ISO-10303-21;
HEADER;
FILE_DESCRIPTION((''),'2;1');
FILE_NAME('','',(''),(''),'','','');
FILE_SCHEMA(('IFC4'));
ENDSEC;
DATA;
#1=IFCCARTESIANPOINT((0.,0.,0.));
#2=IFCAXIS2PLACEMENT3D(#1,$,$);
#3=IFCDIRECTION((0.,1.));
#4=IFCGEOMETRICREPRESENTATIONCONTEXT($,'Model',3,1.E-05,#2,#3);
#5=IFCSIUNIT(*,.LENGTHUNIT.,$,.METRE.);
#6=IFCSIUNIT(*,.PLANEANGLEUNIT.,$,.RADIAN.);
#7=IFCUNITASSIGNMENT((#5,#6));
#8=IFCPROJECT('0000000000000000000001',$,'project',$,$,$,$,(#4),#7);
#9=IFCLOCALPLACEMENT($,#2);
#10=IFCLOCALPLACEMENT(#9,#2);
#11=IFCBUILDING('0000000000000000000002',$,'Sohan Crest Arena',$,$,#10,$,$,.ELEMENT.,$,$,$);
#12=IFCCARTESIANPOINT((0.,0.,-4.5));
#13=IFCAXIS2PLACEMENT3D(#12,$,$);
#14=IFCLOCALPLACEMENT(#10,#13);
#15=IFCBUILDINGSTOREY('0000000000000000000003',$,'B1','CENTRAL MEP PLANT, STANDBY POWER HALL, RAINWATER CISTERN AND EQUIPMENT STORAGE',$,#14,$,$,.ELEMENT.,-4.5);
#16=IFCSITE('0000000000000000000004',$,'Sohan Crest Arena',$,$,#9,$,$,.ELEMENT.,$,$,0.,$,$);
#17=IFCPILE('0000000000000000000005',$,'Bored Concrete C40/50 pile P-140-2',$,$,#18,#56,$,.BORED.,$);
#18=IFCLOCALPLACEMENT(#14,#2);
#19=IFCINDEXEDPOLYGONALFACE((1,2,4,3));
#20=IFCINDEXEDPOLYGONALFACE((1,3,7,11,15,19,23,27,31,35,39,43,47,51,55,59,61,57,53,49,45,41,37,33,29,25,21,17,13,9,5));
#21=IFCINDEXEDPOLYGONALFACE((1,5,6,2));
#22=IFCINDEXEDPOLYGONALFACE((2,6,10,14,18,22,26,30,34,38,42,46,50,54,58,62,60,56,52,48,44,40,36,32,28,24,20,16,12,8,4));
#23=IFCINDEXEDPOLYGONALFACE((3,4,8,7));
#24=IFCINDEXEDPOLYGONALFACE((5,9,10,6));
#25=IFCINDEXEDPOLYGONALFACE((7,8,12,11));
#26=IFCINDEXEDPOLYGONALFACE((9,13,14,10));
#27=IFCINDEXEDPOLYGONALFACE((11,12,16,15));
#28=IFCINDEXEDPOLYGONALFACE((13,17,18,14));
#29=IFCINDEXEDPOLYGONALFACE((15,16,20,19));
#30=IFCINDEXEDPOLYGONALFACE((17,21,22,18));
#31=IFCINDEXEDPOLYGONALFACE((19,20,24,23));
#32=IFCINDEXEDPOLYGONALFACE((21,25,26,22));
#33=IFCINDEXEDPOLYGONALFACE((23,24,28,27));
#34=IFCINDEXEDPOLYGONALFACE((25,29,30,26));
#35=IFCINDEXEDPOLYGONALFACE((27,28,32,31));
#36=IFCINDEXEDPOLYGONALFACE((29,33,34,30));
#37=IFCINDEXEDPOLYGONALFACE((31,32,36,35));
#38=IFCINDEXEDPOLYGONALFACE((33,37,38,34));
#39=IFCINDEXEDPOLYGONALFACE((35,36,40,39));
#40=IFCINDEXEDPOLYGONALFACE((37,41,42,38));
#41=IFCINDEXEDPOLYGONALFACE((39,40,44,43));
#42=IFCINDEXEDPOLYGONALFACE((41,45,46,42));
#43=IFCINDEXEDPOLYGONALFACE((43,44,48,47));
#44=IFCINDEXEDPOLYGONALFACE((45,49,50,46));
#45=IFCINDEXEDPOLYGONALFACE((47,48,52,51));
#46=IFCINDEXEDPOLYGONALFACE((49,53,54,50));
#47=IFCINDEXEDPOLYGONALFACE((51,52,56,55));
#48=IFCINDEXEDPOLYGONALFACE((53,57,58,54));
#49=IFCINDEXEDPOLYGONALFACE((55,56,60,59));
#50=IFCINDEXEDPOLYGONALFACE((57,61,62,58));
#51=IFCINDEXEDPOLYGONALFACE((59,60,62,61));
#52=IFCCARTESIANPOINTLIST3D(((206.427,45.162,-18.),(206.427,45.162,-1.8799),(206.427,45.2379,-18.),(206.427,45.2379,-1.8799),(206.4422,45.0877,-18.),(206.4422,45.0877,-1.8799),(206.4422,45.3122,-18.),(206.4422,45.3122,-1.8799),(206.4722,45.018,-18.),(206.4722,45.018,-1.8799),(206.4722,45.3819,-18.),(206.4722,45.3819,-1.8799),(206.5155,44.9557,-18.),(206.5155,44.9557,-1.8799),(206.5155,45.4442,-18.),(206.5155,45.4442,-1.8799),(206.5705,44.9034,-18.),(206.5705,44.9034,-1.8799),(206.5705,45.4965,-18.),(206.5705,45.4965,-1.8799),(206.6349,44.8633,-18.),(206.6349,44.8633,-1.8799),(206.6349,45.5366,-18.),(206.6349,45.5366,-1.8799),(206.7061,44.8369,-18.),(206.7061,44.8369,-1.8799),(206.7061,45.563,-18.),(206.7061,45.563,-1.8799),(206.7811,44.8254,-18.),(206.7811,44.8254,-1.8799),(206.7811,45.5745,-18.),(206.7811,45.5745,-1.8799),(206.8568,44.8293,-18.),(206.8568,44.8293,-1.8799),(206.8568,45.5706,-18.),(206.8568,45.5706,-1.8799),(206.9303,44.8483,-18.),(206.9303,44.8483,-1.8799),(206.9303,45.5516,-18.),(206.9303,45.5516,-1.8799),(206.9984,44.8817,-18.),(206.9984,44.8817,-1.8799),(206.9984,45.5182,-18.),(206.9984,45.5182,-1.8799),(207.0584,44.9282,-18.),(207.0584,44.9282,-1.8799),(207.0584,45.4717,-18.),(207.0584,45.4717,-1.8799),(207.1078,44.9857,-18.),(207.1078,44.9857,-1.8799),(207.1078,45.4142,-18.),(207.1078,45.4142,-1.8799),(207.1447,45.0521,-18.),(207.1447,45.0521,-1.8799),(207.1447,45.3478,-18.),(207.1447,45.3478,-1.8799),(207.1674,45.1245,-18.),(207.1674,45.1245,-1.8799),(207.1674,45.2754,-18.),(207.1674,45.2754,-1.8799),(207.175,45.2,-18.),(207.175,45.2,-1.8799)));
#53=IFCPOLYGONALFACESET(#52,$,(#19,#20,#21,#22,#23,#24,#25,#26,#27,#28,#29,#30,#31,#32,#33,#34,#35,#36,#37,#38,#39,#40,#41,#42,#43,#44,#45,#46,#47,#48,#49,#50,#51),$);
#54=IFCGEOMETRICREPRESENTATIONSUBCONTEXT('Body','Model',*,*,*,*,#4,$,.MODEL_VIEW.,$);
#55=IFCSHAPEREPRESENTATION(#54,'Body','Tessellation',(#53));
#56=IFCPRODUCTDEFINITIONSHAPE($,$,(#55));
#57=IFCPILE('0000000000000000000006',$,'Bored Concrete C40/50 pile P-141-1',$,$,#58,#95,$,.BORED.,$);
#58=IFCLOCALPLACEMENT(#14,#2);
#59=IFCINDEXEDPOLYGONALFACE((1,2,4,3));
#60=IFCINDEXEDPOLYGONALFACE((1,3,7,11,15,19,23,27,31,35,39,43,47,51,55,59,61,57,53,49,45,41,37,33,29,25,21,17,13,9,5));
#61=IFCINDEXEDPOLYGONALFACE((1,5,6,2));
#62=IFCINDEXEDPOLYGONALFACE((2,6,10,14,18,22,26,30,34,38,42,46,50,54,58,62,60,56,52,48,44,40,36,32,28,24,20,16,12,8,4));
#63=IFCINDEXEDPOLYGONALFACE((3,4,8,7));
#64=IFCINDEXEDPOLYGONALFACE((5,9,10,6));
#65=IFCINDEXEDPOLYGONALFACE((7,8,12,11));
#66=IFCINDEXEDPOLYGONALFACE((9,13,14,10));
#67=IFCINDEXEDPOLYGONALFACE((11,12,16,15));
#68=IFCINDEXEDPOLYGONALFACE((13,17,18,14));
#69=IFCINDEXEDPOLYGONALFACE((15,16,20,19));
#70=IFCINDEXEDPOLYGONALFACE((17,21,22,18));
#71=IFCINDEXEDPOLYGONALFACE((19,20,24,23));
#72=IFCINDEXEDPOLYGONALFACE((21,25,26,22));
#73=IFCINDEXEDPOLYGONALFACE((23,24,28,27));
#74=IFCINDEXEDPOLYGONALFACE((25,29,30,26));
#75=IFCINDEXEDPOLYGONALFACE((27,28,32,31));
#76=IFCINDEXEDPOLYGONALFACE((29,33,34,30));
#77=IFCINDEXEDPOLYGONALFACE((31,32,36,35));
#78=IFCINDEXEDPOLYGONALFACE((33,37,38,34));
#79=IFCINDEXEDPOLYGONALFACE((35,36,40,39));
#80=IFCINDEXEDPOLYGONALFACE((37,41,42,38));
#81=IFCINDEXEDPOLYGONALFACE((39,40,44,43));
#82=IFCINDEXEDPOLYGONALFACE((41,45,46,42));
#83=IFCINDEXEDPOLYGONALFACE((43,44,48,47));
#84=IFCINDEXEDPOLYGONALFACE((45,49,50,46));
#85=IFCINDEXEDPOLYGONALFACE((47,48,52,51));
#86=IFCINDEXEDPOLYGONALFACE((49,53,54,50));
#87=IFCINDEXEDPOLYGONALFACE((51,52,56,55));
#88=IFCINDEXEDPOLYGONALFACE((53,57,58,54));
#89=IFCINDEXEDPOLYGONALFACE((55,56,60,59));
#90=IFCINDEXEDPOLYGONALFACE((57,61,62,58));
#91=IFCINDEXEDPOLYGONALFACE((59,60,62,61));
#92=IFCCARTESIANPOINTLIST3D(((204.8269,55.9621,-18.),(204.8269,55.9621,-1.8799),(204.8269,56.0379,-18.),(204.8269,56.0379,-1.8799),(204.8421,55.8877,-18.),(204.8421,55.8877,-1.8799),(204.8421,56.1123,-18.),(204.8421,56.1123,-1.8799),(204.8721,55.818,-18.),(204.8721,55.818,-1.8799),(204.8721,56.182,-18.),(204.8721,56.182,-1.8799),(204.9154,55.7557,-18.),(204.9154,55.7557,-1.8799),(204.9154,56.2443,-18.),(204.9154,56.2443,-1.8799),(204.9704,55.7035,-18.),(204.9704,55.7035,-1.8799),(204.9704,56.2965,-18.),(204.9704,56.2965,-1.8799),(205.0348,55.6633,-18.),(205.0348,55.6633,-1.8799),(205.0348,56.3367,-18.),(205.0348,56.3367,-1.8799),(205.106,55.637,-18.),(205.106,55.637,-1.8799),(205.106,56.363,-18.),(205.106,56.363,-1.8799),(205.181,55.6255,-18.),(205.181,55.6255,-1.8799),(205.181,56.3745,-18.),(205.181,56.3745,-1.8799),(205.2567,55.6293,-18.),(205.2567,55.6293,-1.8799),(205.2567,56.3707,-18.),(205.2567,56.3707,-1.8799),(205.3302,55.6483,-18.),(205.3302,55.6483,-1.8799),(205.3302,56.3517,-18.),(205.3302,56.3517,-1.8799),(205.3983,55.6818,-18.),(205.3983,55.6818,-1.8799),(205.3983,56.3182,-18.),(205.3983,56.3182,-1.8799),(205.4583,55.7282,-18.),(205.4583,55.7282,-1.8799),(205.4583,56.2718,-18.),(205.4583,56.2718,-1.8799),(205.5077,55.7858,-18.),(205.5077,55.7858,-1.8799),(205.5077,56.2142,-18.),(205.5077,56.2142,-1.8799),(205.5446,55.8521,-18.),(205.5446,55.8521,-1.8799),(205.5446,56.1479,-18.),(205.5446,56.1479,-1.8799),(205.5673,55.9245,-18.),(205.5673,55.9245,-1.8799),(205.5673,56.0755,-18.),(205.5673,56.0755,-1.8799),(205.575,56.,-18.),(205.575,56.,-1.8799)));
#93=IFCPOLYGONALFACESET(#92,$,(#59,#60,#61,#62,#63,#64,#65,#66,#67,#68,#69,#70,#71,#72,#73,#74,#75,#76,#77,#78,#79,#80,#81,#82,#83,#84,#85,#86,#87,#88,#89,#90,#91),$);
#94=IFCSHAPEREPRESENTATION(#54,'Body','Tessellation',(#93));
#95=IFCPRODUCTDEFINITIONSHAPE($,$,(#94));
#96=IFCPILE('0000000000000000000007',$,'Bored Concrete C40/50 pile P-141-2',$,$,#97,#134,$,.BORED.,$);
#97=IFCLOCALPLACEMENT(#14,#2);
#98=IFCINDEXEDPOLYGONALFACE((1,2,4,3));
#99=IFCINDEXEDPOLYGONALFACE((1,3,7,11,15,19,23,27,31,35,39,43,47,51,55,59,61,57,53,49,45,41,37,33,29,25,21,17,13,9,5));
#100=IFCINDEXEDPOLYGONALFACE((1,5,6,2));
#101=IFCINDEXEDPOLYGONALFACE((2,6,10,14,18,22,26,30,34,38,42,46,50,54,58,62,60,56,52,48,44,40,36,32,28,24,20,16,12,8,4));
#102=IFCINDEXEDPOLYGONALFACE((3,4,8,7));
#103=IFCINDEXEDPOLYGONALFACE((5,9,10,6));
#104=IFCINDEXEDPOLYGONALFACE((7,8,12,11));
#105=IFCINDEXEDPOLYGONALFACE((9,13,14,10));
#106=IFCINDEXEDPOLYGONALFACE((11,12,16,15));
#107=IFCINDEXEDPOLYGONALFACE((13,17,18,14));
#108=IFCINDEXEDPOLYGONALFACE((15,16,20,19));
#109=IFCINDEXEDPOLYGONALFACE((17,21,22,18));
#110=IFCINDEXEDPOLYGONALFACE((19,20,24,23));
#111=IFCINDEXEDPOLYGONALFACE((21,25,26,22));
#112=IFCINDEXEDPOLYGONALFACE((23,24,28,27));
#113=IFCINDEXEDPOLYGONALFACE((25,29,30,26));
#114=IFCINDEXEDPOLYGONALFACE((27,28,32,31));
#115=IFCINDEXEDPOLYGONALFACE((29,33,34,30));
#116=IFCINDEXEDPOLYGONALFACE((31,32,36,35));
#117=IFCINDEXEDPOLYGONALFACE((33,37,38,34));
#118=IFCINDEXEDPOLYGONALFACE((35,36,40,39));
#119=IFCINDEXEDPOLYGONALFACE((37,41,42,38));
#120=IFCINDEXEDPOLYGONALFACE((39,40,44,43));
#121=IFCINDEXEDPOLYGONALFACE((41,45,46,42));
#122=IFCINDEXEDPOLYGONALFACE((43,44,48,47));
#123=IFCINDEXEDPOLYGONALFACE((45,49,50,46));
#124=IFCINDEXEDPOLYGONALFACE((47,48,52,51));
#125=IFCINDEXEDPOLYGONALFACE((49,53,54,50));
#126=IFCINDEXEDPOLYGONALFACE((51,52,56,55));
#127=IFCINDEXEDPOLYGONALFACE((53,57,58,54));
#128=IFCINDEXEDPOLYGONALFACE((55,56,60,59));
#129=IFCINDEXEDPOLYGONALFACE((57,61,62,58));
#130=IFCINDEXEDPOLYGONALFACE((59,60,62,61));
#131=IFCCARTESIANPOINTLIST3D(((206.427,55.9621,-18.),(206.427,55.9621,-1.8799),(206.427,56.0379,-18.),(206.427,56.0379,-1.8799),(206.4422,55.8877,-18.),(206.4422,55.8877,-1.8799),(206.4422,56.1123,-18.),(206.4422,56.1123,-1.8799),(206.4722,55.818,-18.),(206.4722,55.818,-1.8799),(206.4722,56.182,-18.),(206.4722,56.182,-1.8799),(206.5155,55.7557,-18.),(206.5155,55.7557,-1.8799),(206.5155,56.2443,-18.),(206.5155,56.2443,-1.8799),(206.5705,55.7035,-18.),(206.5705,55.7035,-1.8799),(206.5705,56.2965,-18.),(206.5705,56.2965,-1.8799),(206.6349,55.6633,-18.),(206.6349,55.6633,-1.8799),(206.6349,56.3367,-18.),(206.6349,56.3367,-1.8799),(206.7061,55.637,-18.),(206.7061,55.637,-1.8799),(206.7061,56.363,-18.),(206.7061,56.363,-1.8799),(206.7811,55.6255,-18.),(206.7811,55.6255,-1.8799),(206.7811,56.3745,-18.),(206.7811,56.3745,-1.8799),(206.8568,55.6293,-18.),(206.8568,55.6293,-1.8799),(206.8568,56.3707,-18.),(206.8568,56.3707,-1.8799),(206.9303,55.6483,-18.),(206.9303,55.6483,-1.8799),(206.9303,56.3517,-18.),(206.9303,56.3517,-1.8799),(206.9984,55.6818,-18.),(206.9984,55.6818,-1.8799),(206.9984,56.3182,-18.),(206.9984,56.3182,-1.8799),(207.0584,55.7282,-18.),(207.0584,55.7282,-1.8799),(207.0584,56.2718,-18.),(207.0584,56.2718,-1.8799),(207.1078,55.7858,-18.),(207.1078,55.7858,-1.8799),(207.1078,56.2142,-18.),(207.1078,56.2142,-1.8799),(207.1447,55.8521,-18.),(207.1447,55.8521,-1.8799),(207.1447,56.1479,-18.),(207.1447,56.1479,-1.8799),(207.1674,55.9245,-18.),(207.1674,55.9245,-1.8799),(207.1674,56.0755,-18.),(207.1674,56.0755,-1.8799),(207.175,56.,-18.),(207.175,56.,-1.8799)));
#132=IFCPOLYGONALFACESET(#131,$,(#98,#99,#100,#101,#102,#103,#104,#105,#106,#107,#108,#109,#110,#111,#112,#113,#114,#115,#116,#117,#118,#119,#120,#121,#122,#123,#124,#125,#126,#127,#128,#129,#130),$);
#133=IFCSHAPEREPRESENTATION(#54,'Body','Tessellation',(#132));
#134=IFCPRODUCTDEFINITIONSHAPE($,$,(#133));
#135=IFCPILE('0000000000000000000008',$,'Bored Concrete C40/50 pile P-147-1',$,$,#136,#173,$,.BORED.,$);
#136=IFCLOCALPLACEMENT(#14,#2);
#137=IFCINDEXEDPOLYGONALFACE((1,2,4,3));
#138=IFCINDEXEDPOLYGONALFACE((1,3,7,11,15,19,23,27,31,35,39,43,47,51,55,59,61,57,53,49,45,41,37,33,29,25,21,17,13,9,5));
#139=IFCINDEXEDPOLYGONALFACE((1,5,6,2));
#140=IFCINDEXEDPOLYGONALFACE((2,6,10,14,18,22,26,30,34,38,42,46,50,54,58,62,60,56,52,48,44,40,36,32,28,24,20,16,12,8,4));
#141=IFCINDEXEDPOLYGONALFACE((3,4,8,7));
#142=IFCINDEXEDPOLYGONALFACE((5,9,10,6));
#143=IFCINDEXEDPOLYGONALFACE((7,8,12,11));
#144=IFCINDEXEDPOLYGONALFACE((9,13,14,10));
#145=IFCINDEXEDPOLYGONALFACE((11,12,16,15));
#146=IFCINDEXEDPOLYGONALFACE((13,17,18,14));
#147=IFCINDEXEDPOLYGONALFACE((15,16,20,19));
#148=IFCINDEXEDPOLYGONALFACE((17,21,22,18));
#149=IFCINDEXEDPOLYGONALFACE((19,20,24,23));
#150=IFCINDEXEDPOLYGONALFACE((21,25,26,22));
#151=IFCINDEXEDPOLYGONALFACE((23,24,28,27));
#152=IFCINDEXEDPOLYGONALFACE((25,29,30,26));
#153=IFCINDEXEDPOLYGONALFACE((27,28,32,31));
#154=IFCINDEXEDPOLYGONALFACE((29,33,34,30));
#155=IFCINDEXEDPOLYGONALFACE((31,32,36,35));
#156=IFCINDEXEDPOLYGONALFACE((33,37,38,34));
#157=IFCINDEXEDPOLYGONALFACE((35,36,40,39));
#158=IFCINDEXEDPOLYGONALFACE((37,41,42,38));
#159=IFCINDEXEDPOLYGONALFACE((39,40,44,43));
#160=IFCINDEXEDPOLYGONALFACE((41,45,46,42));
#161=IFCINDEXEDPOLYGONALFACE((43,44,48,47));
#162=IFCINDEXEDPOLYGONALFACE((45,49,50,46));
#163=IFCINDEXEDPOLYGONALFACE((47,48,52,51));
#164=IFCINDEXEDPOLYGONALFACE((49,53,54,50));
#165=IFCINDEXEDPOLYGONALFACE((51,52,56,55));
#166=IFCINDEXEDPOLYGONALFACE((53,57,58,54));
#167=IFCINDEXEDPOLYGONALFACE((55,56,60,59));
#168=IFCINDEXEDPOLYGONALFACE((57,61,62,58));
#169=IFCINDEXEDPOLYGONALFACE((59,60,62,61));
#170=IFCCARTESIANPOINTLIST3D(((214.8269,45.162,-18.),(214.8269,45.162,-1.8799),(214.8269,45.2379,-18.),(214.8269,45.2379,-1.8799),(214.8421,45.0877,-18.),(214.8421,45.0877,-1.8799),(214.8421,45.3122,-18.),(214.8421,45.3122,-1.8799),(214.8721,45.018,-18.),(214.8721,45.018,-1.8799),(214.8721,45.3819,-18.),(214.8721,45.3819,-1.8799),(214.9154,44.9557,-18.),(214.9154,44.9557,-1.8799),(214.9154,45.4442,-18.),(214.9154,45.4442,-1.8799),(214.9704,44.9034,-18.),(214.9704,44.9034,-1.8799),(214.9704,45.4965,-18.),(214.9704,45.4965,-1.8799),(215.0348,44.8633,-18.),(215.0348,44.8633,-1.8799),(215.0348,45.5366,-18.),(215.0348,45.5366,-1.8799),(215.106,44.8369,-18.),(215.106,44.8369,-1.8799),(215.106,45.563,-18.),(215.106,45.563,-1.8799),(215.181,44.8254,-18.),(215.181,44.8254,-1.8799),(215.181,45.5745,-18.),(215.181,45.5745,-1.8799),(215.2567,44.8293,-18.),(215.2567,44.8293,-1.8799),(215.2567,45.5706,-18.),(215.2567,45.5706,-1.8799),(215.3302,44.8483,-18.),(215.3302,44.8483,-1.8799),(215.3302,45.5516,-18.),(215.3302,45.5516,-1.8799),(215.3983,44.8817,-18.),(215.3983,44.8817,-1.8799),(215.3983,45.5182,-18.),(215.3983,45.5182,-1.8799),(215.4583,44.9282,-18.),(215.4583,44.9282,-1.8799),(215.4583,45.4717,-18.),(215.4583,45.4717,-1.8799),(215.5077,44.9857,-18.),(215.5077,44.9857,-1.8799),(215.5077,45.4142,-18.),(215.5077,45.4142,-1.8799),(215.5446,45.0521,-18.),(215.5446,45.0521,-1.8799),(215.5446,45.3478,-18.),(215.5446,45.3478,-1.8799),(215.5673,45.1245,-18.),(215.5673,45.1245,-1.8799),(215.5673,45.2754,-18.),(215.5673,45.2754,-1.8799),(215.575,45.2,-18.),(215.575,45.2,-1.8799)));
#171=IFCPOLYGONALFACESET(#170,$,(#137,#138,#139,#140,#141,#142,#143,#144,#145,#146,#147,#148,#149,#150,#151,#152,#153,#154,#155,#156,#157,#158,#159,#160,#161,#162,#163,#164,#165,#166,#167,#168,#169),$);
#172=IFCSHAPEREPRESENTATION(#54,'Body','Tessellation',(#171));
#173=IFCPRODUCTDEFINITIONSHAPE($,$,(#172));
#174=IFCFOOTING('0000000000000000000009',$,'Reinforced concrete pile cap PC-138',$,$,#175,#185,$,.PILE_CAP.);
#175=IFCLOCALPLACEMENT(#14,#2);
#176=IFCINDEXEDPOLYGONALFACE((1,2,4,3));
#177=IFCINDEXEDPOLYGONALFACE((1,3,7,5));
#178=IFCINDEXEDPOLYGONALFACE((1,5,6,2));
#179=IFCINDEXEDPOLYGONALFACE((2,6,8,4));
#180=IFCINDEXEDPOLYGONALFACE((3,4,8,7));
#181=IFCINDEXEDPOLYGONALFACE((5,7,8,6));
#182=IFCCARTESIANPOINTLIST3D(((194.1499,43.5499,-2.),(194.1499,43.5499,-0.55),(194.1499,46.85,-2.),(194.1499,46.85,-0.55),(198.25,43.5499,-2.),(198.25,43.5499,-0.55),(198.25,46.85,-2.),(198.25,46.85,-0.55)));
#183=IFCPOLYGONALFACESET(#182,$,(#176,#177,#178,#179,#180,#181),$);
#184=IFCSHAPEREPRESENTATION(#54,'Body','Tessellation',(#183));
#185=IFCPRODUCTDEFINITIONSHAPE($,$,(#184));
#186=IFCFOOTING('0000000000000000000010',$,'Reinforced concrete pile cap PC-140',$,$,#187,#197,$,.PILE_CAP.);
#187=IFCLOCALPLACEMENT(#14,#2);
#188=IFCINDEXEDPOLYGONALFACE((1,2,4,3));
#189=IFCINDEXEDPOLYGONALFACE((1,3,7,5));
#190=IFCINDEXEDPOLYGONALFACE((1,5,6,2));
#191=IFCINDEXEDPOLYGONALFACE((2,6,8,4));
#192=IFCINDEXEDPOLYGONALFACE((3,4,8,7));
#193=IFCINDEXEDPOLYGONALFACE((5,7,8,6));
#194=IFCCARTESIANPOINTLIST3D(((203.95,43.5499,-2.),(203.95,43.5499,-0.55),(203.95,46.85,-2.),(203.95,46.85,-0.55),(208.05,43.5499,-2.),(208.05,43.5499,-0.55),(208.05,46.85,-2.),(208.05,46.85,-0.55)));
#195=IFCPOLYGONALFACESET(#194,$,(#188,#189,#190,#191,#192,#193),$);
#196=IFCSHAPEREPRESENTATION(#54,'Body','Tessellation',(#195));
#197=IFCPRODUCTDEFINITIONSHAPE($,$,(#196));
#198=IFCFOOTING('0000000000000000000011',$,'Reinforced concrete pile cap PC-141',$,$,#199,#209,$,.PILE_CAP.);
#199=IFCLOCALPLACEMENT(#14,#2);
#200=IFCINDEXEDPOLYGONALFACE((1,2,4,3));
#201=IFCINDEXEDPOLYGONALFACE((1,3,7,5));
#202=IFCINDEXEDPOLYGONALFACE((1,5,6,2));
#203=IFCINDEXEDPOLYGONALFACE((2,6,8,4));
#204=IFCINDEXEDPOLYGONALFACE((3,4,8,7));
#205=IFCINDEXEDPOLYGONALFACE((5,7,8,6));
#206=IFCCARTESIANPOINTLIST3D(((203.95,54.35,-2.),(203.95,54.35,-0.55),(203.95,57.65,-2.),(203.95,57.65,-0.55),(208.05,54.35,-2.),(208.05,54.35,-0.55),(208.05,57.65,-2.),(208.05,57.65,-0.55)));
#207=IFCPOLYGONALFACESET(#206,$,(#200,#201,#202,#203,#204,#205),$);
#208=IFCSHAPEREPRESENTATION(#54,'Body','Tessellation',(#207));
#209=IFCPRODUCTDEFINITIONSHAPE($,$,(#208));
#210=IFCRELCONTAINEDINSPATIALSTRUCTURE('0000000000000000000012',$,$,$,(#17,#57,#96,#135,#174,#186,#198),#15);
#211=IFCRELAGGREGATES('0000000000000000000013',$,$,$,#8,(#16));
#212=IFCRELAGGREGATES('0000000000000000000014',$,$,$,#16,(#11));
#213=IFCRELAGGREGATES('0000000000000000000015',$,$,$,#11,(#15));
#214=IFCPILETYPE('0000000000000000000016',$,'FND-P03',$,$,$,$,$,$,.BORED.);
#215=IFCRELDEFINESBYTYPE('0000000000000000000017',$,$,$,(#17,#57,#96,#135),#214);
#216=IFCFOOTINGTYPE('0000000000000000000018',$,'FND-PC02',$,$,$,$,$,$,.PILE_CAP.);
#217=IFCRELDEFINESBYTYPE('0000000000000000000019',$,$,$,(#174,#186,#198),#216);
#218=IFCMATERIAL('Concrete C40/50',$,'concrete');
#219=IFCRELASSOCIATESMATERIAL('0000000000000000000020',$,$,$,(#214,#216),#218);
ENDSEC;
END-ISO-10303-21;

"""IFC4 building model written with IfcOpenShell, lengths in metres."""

from ifc_helpers import new_model, si_unit, direction, frame, origin, origin_2d, place, context, subcontext, project, spatial, rectangle, circle, extrude, material, material_profile, profile_set, type_object, element, save


model = new_model("IFC4")

# Units and contexts
model_context = context("Model", 3, precision=1e-05, world=origin(), true_north=direction((0.0, 1.0)))
body_context = subcontext(model_context, "Body", "Model", "MODEL_VIEW")
ifc_project = project(units=[si_unit("LENGTHUNIT", "METRE"), si_unit("PLANEANGLEUNIT", "RADIAN")], contexts=[model_context])

# Site, building, storey
site_placement = place(None, origin())
site = spatial("IfcSite", under=ifc_project, at=site_placement, Name="Sohan Crest Arena", CompositionType="ELEMENT", RefElevation=0.0)
building_placement = place(site_placement, origin())
building = spatial("IfcBuilding", under=site, at=building_placement, Name="Sohan Crest Arena", CompositionType="ELEMENT")
storey_placement = place(building_placement, frame((0.0, 0.0, -4.5)))
storey = spatial("IfcBuildingStorey", under=building, at=storey_placement, Name="B1", Description="CENTRAL MEP PLANT, STANDBY POWER HALL, RAINWATER CISTERN AND EQUIPMENT STORAGE", CompositionType="ELEMENT", Elevation=-4.5)

# Shared definitions
ifc_material_1 = material(Name="Concrete C40/50", Category="concrete")

# Piles
ifc_material_profile_1 = material_profile(ifc_material_1, circle(Radius=0.375, at=origin_2d()), Name="PILE D750")
ifc_profile_set_1 = profile_set([ifc_material_profile_1], Name="Concrete C40/50")
pile_type = type_object("IfcPileType", Name="FND-P03", PredefinedType="BORED", material=ifc_profile_set_1)
for number, where, z_axis, x_axis, name in (
    (1, (206.8, 45.2, -18.0), (0.0, 0.0, 1.0), (1.0, 0.0, 0.0), "Bored Concrete C40/50 pile P-140-2"),
    (2, (205.2, 56.0, -18.0), (0.0, 0.0, 1.0), (1.0, 0.0, 0.0), "Bored Concrete C40/50 pile P-141-1"),
    (3, (206.8, 56.0, -18.0), (0.0, 0.0, 1.0), (1.0, 0.0, 0.0), "Bored Concrete C40/50 pile P-141-2"),
    (4, (215.2, 45.2, -18.0), (0.0, 0.0, 1.0), (1.0, 0.0, 0.0), "Bored Concrete C40/50 pile P-147-1"),
):
    element("IfcPile", number, at=place(storey_placement, frame(where, z_axis=z_axis, x_axis=x_axis)), inside=storey, type_object=pile_type, Name=name, PredefinedType="BORED", context=body_context, shape_type="SweptSolid", body=[
        extrude(circle(Radius=0.375, at=origin_2d()), origin(), (0.0, 0.0, 1.0), 16.1201),
    ])

# Footings
footing_type_1 = type_object("IfcFootingType", Name="FND-PC02", PredefinedType="PILE_CAP", material=ifc_material_1)
for number, where, z_axis, x_axis, name in (
    (5, (196.2, 45.2, -2.0), (0.0, 0.0, 1.0), (1.0, 0.0, 0.0), "Reinforced concrete pile cap PC-138"),
    (6, (206.0, 45.2, -2.0), (0.0, 0.0, 1.0), (1.0, 0.0, 0.0), "Reinforced concrete pile cap PC-140"),
    (7, (206.0, 56.0, -2.0), (0.0, 0.0, 1.0), (1.0, 0.0, 0.0), "Reinforced concrete pile cap PC-141"),
):
    element("IfcFooting", number, at=place(storey_placement, frame(where, z_axis=z_axis, x_axis=x_axis)), inside=storey, type_object=footing_type_1, Name=name, PredefinedType="PILE_CAP", context=body_context, shape_type="SweptSolid", body=[
        extrude(rectangle(XDim=4.1001, YDim=3.3, at=origin_2d()), origin(), (0.0, 0.0, 1.0), 1.45),
    ])

save(model, "model.ifc")
